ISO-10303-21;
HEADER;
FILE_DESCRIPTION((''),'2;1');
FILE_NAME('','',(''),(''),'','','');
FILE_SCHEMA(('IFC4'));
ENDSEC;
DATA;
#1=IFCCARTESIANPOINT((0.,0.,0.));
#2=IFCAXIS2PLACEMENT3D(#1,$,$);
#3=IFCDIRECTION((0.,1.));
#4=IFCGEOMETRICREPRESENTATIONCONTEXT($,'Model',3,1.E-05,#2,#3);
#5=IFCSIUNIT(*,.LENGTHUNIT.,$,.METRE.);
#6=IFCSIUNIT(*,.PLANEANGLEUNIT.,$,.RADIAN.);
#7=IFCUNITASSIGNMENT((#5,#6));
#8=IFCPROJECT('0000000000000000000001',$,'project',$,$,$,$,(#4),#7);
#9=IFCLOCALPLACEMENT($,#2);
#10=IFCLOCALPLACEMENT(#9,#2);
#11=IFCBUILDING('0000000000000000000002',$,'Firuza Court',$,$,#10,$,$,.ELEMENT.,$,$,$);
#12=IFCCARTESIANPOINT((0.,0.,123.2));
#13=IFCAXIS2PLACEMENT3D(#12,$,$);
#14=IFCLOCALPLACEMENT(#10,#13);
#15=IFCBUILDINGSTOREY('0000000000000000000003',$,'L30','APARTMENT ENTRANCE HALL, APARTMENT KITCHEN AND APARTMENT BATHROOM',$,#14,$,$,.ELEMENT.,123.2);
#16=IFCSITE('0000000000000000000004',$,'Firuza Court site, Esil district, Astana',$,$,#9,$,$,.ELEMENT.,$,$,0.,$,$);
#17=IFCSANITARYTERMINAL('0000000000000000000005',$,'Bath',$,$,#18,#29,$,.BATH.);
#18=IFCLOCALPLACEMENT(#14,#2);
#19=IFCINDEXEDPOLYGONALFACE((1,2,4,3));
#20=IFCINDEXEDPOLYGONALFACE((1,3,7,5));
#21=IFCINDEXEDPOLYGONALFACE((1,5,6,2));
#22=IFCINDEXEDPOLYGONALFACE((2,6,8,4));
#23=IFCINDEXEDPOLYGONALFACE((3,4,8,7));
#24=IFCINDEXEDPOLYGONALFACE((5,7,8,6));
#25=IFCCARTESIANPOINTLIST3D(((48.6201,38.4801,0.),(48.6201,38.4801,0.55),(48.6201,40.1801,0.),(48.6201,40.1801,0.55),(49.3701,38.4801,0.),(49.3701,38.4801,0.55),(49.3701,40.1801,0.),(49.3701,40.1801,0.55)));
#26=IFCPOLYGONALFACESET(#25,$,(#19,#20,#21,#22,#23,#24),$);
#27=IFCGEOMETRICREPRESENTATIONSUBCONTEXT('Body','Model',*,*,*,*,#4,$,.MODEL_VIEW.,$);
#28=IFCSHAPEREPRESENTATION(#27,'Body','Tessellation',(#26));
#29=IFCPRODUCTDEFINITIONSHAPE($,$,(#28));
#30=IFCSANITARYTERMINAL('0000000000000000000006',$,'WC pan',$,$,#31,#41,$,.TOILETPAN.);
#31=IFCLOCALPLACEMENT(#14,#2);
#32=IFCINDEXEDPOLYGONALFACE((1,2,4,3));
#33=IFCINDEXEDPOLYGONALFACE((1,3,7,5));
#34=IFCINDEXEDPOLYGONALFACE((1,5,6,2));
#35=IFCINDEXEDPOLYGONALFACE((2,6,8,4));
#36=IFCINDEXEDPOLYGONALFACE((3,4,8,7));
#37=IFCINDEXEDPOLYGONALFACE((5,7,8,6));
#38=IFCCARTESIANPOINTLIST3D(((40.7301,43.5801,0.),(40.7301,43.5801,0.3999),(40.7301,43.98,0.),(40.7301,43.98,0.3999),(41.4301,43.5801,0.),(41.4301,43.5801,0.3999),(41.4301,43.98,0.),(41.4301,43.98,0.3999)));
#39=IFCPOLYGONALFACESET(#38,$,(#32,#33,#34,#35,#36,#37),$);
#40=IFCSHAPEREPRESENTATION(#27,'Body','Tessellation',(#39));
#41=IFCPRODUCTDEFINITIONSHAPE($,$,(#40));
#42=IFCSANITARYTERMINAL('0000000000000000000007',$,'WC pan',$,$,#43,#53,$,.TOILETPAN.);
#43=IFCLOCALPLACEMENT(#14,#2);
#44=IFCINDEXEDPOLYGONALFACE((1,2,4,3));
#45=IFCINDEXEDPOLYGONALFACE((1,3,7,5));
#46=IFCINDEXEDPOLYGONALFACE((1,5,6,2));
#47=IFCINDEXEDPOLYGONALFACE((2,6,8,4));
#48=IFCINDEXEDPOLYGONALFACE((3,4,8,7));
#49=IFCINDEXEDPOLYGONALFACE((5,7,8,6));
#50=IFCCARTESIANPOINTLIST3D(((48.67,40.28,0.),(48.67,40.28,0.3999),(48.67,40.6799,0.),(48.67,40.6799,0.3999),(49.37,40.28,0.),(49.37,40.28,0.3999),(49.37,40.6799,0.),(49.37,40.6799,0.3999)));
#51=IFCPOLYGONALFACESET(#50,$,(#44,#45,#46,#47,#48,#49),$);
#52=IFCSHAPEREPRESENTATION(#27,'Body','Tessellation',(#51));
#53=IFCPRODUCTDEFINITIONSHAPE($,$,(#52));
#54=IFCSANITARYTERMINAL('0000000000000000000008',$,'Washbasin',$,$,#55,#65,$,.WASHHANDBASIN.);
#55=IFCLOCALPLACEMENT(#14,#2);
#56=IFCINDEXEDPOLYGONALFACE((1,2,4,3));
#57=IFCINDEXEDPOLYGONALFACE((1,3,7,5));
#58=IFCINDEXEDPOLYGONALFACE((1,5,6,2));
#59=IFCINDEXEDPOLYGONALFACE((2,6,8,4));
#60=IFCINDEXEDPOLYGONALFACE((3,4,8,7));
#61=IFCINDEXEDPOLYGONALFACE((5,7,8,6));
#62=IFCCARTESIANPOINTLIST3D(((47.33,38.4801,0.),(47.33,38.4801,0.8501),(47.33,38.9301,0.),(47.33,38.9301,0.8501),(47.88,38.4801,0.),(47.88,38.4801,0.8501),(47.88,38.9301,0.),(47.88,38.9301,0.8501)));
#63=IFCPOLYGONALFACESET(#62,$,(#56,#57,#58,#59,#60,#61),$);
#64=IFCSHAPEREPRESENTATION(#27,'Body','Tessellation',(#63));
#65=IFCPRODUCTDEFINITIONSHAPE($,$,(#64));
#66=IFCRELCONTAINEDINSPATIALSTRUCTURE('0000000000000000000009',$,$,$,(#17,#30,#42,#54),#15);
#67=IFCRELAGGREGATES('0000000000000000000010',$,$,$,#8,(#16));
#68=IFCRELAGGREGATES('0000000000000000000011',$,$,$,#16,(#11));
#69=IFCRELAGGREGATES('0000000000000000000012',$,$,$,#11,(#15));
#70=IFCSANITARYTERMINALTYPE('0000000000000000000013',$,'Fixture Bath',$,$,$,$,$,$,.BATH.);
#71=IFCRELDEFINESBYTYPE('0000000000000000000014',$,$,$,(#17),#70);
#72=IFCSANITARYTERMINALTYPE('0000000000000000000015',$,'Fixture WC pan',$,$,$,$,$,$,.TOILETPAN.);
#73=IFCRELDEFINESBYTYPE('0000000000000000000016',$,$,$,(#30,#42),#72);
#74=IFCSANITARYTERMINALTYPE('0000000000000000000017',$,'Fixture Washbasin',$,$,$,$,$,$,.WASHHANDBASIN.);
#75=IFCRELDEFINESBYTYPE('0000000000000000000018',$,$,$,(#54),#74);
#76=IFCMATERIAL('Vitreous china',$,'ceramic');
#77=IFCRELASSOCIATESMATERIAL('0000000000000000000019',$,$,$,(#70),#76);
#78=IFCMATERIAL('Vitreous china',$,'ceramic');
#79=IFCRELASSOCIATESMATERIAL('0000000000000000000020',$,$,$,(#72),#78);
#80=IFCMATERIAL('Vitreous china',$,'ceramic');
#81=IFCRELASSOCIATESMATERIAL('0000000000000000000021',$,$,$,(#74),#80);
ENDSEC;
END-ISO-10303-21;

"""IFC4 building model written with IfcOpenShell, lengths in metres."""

from ifc_helpers import new_model, si_unit, direction, frame, origin, origin_2d, place, context, subcontext, project, spatial, rectangle, extrude, material, type_object, element, save


model = new_model("IFC4")

# Units and contexts
model_context = context("Model", 3, precision=1e-05, world=origin(), true_north=direction((0.0, 1.0)))
body_context = subcontext(model_context, "Body", "Model", "MODEL_VIEW")
ifc_project = project(units=[si_unit("LENGTHUNIT", "METRE"), si_unit("PLANEANGLEUNIT", "RADIAN")], contexts=[model_context])

# Site, building, storey
site_placement = place(None, origin())
site = spatial("IfcSite", under=ifc_project, at=site_placement, Name="Firuza Court site, Esil district, Astana", CompositionType="ELEMENT", RefElevation=0.0)
building_placement = place(site_placement, origin())
building = spatial("IfcBuilding", under=site, at=building_placement, Name="Firuza Court", CompositionType="ELEMENT")
storey_placement = place(building_placement, frame((0.0, 0.0, 123.2)))
storey = spatial("IfcBuildingStorey", under=building, at=storey_placement, Name="L30", Description="APARTMENT ENTRANCE HALL, APARTMENT KITCHEN AND APARTMENT BATHROOM", CompositionType="ELEMENT", Elevation=123.2)

# Sanitary terminals
ifc_material_1 = material(Name="Vitreous china", Category="ceramic")
sanitary_terminal_type_1 = type_object("IfcSanitaryTerminalType", Name="Fixture Bath", PredefinedType="BATH", material=ifc_material_1)
sanitary_terminal_1_placement = place(storey_placement, frame((48.9951, 39.3301, 0.0), z_axis=(0.0, 0.0, 1.0), x_axis=(1.0, 0.0, 0.0)))
element("IfcSanitaryTerminal", 1, at=sanitary_terminal_1_placement, inside=storey, type_object=sanitary_terminal_type_1, Name="Bath", PredefinedType="BATH", context=body_context, shape_type="SweptSolid", body=[
    extrude(rectangle(XDim=0.75, YDim=1.7, at=origin_2d()), origin(), (0.0, 0.0, 1.0), 0.55),
])
ifc_material_2 = material(Name="Vitreous china", Category="ceramic")
sanitary_terminal_type_2 = type_object("IfcSanitaryTerminalType", Name="Fixture WC pan", PredefinedType="TOILETPAN", material=ifc_material_2)
for number, where, z_axis, x_axis, name in (
    (2, (41.0801, 43.78, 0.0), (0.0, 0.0, 1.0), (1.0, 0.0, 0.0), "WC pan"),
    (3, (49.02, 40.48, 0.0), (0.0, 0.0, 1.0), (1.0, 0.0, 0.0), "WC pan"),
):
    element("IfcSanitaryTerminal", number, at=place(storey_placement, frame(where, z_axis=z_axis, x_axis=x_axis)), inside=storey, type_object=sanitary_terminal_type_2, Name=name, PredefinedType="TOILETPAN", context=body_context, shape_type="SweptSolid", body=[
        extrude(rectangle(XDim=0.7, YDim=0.3999, at=origin_2d()), origin(), (0.0, 0.0, 1.0), 0.3999),
    ])
ifc_material_3 = material(Name="Vitreous china", Category="ceramic")
sanitary_terminal_type_3 = type_object("IfcSanitaryTerminalType", Name="Fixture Washbasin", PredefinedType="WASHHANDBASIN", material=ifc_material_3)
sanitary_terminal_2_placement = place(storey_placement, frame((47.605, 38.7051, 0.0), z_axis=(0.0, 0.0, 1.0), x_axis=(1.0, 0.0, 0.0)))
element("IfcSanitaryTerminal", 4, at=sanitary_terminal_2_placement, inside=storey, type_object=sanitary_terminal_type_3, Name="Washbasin", PredefinedType="WASHHANDBASIN", context=body_context, shape_type="SweptSolid", body=[
    extrude(rectangle(XDim=0.55, YDim=0.45, at=origin_2d()), origin(), (0.0, 0.0, 1.0), 0.8501),
])

save(model, "model.ifc")
